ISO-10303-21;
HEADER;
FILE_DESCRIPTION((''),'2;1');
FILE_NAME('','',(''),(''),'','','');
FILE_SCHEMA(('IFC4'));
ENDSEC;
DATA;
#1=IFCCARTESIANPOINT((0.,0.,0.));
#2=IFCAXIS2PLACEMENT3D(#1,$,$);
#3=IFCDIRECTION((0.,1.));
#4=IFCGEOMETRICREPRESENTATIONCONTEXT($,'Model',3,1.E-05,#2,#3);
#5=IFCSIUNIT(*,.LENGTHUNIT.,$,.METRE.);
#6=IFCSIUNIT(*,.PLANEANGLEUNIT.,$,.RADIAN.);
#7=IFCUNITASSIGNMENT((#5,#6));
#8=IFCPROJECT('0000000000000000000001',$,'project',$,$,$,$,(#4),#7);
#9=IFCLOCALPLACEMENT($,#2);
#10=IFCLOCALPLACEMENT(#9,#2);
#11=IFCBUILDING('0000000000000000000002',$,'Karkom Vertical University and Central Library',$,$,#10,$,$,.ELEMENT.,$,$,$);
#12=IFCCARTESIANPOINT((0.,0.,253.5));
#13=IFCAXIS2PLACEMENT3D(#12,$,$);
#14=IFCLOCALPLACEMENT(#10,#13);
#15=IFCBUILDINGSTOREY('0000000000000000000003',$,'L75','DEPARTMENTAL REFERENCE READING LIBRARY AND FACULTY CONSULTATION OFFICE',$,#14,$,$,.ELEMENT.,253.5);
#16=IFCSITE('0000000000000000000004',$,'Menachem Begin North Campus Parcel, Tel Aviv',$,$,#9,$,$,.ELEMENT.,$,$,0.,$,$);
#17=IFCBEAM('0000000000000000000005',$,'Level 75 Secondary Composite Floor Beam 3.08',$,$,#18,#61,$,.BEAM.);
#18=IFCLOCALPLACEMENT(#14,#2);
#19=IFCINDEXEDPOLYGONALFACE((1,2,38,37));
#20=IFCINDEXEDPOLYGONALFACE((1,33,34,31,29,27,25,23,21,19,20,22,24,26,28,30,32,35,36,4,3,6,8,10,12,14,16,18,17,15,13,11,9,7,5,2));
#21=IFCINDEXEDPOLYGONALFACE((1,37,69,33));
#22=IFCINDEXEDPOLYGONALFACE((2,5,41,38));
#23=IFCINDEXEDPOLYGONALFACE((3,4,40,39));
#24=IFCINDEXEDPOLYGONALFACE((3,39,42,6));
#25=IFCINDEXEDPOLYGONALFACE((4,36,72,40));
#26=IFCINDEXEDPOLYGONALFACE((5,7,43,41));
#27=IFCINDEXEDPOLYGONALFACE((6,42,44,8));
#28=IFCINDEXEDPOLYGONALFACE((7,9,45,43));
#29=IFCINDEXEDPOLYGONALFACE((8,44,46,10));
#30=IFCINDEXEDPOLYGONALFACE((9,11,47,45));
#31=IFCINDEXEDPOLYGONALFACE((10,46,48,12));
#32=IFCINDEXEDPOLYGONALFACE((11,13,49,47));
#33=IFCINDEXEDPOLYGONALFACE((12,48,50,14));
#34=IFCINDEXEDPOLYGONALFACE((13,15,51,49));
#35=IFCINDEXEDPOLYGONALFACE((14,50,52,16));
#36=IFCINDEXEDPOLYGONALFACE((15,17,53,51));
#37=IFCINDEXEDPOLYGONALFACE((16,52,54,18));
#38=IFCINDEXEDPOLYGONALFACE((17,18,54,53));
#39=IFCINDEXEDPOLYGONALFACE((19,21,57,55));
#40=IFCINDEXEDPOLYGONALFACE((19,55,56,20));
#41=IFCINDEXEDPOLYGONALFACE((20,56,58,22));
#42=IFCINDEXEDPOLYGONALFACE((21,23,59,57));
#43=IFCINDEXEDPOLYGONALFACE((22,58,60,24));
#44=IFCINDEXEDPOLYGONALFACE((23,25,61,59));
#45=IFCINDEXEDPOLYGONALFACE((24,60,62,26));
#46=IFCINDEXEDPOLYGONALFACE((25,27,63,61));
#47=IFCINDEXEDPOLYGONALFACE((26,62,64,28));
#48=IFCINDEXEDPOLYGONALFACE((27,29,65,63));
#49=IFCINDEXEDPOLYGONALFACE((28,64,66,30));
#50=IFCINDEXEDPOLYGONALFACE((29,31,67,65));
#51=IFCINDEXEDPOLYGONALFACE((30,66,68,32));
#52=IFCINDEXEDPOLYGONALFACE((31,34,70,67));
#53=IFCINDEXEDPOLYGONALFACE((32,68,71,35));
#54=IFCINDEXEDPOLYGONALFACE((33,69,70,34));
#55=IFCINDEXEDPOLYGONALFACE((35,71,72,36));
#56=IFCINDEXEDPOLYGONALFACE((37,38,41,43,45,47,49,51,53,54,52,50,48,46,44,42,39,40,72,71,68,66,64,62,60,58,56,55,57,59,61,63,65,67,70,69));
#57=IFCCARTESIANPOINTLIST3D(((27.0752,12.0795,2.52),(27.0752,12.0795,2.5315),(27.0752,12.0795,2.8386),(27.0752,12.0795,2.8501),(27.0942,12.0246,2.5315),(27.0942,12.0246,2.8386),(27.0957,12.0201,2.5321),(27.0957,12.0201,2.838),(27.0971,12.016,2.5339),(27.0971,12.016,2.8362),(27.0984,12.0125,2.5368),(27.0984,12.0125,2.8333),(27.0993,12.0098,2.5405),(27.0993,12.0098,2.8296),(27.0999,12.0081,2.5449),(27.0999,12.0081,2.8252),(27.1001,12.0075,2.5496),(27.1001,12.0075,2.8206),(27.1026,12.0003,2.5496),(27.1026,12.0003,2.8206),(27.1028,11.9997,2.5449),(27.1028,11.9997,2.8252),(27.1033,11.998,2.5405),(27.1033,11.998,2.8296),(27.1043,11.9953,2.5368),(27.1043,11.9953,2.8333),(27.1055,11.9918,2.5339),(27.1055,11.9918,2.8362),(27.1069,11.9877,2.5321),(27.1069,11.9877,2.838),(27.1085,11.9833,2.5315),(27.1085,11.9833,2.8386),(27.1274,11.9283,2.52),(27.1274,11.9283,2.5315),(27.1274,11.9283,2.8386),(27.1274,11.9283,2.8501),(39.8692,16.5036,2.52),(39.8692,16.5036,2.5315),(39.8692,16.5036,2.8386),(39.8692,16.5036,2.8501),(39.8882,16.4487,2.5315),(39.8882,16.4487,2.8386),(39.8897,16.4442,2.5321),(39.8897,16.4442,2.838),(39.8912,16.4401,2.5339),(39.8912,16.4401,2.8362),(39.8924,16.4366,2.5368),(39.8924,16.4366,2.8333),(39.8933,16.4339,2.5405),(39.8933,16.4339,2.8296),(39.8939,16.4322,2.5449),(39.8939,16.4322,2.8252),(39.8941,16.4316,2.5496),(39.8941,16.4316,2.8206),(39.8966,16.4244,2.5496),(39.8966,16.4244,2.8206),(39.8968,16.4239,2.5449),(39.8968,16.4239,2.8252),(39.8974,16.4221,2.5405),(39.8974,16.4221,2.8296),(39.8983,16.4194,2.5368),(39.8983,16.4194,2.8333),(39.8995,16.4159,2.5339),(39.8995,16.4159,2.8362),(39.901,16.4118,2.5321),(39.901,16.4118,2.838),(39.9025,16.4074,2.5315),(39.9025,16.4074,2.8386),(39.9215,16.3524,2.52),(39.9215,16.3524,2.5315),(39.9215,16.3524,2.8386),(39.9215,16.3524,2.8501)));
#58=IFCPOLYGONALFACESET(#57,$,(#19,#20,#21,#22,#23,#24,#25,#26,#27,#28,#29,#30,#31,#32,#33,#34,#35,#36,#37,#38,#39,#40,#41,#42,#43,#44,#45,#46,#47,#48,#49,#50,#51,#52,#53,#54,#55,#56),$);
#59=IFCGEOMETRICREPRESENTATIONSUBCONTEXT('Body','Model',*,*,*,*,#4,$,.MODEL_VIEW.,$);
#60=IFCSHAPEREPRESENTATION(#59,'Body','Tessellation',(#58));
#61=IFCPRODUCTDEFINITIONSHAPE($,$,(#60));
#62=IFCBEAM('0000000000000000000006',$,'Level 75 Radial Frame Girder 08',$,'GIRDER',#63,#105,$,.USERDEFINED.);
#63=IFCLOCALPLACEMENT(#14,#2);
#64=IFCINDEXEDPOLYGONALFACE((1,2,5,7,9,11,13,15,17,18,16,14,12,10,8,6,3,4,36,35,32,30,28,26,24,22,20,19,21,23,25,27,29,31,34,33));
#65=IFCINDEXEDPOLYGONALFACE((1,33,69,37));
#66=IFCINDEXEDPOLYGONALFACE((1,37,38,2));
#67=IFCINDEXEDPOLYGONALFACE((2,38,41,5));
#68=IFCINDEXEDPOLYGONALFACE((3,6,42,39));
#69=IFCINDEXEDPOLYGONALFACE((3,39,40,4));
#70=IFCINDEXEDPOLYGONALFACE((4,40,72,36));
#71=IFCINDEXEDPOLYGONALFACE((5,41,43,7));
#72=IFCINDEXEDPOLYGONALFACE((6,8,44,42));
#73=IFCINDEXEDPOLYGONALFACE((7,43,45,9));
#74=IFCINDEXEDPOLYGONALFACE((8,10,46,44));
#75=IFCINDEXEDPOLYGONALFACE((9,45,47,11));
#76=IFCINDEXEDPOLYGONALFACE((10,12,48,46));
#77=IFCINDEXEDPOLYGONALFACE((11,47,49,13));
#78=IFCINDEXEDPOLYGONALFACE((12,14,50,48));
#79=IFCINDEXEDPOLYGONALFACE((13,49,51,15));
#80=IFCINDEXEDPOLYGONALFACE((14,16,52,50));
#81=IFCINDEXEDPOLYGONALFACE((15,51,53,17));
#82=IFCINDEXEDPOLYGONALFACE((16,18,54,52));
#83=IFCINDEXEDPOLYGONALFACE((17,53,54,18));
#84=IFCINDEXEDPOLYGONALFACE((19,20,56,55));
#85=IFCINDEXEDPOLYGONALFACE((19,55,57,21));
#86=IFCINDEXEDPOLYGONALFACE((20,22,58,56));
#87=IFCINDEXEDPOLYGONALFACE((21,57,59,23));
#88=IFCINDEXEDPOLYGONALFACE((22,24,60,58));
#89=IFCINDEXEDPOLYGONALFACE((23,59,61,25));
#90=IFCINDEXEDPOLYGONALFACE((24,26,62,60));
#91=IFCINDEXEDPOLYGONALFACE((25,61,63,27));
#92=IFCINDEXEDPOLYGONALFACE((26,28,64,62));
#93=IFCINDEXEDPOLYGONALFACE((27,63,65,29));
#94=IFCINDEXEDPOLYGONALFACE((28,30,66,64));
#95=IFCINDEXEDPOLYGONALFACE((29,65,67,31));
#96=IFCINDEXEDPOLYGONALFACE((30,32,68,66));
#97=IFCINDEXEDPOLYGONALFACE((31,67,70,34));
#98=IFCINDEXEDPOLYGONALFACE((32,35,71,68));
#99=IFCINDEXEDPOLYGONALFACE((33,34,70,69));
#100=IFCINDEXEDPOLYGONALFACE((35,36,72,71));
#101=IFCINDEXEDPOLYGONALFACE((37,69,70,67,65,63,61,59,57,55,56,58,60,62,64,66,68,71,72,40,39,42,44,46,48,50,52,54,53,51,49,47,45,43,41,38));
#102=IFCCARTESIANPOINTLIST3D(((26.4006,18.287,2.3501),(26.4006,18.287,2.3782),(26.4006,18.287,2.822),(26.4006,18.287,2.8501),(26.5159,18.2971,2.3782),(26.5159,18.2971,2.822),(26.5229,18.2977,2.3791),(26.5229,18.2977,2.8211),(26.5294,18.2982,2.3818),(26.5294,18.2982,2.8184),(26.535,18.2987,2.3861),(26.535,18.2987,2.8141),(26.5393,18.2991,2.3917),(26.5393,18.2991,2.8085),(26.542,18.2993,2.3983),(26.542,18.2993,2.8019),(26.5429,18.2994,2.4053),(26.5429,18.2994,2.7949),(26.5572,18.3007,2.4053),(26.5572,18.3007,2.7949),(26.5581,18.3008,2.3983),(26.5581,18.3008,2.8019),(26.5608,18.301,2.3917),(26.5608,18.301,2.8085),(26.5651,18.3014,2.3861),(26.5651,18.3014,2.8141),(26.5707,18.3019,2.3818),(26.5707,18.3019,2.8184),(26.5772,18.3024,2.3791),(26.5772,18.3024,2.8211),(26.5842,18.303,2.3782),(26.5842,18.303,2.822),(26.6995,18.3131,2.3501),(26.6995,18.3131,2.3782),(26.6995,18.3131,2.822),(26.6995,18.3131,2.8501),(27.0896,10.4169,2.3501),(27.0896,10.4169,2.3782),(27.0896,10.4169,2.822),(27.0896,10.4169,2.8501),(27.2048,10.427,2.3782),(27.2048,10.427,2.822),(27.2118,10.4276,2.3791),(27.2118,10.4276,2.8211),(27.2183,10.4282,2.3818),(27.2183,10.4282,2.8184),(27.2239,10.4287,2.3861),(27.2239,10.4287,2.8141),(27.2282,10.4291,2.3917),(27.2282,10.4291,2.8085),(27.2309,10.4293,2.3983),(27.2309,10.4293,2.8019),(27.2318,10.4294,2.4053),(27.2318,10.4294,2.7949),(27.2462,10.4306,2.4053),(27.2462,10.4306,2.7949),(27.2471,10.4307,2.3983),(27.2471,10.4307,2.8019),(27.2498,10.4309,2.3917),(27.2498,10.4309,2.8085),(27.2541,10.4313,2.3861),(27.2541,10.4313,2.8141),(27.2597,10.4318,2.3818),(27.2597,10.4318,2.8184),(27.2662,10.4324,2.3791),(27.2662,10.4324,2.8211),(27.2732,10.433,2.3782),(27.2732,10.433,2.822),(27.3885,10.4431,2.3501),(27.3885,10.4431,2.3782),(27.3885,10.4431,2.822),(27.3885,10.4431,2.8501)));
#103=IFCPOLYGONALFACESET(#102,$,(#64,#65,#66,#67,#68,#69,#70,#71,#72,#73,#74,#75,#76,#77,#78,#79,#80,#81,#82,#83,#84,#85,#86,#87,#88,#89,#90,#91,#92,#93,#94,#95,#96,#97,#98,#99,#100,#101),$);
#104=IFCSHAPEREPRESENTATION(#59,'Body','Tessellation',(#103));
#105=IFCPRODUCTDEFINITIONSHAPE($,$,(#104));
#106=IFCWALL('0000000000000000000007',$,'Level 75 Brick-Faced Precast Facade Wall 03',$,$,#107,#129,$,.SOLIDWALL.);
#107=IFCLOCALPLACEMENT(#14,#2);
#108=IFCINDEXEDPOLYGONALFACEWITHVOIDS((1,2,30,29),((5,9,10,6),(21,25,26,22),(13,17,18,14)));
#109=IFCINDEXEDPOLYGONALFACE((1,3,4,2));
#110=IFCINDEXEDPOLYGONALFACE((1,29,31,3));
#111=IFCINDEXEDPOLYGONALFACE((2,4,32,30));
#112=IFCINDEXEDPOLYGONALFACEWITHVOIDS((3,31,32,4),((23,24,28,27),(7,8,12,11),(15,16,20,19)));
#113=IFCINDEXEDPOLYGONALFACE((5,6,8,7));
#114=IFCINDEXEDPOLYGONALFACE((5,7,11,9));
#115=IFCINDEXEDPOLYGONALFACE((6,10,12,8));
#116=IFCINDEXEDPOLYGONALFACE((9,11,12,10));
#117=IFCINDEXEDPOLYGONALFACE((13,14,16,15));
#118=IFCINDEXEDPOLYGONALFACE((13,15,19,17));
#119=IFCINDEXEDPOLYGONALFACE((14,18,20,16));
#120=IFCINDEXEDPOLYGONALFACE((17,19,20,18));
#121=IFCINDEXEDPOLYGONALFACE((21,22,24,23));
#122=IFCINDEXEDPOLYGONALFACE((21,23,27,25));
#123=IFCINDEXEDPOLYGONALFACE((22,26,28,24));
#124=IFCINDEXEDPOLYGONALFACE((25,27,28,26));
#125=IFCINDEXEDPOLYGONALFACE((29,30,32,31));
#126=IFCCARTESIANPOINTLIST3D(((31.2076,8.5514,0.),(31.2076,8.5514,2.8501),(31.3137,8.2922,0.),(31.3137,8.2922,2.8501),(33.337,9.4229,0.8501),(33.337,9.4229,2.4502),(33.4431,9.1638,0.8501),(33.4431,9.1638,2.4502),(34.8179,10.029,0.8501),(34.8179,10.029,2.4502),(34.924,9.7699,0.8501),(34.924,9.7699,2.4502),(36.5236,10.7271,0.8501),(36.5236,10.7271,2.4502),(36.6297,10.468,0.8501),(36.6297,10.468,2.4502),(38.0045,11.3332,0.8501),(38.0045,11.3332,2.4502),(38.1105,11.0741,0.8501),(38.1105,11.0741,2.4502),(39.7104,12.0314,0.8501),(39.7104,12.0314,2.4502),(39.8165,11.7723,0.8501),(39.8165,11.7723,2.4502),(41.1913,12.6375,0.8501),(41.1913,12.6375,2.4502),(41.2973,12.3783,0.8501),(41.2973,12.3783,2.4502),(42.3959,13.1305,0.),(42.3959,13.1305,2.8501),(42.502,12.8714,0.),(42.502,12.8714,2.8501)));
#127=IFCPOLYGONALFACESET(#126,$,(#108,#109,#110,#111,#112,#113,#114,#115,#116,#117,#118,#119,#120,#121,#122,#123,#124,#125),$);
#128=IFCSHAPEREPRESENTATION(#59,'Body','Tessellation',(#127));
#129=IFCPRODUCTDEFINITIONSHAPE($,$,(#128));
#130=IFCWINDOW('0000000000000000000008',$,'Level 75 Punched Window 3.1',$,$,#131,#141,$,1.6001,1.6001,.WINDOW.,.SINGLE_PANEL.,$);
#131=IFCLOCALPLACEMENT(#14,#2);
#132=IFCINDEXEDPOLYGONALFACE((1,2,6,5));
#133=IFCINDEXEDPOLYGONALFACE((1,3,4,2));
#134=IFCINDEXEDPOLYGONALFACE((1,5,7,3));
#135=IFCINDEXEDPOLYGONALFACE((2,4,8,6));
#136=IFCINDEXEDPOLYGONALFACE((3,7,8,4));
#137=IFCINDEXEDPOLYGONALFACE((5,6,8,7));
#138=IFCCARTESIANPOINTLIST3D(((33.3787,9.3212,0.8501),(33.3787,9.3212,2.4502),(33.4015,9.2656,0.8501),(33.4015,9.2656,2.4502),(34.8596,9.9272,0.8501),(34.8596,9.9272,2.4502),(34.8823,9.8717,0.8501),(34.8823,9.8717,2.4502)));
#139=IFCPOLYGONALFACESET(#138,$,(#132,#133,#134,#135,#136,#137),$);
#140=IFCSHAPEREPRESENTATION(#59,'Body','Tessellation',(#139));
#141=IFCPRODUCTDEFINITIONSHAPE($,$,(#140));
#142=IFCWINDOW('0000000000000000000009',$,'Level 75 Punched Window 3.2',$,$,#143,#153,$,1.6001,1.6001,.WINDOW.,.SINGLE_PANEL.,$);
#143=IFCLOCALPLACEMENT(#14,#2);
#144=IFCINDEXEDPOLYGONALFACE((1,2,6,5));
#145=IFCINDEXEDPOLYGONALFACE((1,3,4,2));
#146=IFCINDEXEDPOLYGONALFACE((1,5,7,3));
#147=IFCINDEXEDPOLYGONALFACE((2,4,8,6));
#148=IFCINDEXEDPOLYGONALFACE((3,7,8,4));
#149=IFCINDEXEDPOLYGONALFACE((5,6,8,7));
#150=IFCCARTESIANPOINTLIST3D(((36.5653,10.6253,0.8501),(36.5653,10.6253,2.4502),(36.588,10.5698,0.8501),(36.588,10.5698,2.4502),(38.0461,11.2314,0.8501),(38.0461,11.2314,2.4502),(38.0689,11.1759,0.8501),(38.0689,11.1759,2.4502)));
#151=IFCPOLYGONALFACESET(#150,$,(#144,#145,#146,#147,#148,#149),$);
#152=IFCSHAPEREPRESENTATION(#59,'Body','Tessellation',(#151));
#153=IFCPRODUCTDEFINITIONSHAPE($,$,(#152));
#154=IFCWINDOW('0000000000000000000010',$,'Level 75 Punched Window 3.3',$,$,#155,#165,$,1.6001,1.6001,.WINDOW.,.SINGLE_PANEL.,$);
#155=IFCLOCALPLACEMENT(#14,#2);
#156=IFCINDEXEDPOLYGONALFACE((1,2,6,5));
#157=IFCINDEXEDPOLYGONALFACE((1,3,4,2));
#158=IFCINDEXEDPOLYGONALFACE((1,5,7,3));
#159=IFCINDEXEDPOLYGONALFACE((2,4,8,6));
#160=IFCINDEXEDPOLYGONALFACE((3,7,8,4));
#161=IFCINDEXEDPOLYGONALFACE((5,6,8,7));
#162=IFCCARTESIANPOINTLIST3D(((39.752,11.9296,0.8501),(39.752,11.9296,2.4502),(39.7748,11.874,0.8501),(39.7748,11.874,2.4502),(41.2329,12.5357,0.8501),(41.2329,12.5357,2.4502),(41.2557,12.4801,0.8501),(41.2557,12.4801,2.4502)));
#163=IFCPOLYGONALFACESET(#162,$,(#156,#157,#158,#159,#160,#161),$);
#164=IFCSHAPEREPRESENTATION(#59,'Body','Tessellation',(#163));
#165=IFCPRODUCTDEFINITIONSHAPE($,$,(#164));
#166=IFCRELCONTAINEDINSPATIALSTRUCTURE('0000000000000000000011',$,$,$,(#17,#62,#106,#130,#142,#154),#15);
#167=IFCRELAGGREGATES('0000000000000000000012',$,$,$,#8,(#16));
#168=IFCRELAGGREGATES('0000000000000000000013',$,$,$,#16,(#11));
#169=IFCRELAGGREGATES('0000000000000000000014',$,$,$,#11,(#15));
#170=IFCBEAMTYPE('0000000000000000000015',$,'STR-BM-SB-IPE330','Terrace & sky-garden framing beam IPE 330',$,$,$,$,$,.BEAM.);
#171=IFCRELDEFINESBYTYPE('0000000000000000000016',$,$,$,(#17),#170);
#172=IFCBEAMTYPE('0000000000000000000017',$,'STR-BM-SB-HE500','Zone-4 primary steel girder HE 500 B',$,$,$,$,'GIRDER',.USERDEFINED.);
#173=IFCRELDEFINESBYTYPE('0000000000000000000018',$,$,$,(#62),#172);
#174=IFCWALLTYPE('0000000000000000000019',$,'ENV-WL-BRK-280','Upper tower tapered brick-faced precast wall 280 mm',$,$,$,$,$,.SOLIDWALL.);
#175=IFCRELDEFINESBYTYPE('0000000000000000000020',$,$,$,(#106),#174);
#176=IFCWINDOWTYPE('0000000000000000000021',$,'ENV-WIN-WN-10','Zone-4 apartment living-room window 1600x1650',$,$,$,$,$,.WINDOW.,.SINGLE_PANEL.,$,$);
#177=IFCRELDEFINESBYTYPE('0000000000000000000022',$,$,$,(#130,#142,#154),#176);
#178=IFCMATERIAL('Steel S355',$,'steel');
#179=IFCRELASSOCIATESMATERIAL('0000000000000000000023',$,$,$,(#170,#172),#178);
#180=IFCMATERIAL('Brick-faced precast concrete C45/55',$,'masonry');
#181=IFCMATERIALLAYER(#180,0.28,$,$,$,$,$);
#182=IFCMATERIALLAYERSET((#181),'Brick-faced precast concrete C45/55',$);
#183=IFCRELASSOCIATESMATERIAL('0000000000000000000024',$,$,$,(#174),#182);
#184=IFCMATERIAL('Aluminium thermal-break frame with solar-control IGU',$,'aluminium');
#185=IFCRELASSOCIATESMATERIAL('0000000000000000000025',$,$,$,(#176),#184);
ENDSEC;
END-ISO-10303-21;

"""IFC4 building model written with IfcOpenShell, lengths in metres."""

from ifc_helpers import new_model, si_unit, direction, frame, frame_2d, origin, origin_with_axes, origin_2d, place, context, subcontext, project, spatial, rectangle, i_section, extrude, source, transform, mapped, material, layer, layer_set, material_profile, profile_set, type_object, element, fill, save


model = new_model("IFC4")

# Units and contexts
model_context = context("Model", 3, precision=1e-05, world=origin(), true_north=direction((0.0, 1.0)))
body_context = subcontext(model_context, "Body", "Model", "MODEL_VIEW")
ifc_project = project(units=[si_unit("LENGTHUNIT", "METRE"), si_unit("PLANEANGLEUNIT", "RADIAN")], contexts=[model_context])

# Site, building, storey
site_placement = place(None, origin())
site = spatial("IfcSite", under=ifc_project, at=site_placement, Name="Menachem Begin North Campus Parcel, Tel Aviv", CompositionType="ELEMENT", RefElevation=0.0)
building_placement = place(site_placement, origin())
building = spatial("IfcBuilding", under=site, at=building_placement, Name="Karkom Vertical University and Central Library", CompositionType="ELEMENT")
storey_placement = place(building_placement, frame((0.0, 0.0, 253.5)))
storey = spatial("IfcBuildingStorey", under=building, at=storey_placement, Name="L75", Description="DEPARTMENTAL REFERENCE READING LIBRARY AND FACULTY CONSULTATION OFFICE", CompositionType="ELEMENT", Elevation=253.5)

# Beams
ifc_material_1 = material(Name="Steel S355", Category="steel")
ifc_material_profile_1 = material_profile(ifc_material_1, i_section(OverallWidth=0.1599, OverallDepth=0.3301, WebThickness=0.0076, FlangeThickness=0.0115, FilletRadius=0.0181, at=origin_2d()), Name="IPE 330")
ifc_profile_set_1 = profile_set([ifc_material_profile_1], Name="Steel S355")
beam_type_1 = type_object("IfcBeamType", Name="STR-BM-SB-IPE330", Description="Terrace & sky-garden framing beam IPE 330", PredefinedType="BEAM", material=ifc_profile_set_1)
shared_shape_1 = source(origin_with_axes(), body_context, "Body", "SweptSolid", [
    extrude(i_section(OverallWidth=0.1599, OverallDepth=0.3301, WebThickness=0.0076, FlangeThickness=0.0115, FilletRadius=0.0181, at=origin_2d()), origin(), (0.0, 0.0, 1.0), 13.5374),
])
beam_1_placement = place(storey_placement, frame((27.1013, 12.0039, 2.6851), z_axis=(0.945091, 0.326807, 0.0), x_axis=(-0.326807, 0.945091, 0.0)))
element("IfcBeam", 1, at=beam_1_placement, inside=storey, type_object=beam_type_1, Name="Level 75 Secondary Composite Floor Beam 3.08", PredefinedType="BEAM", context=body_context, shape_type="MappedRepresentation", body=[
    mapped(shared_shape_1, transform((0.0, 0.0, 0.0), scale=1.0)),
])
ifc_material_profile_2 = material_profile(ifc_material_1, i_section(OverallWidth=0.3, OverallDepth=0.5, WebThickness=0.0144, FlangeThickness=0.0281, FilletRadius=0.0271, at=origin_2d()), Name="HE 500 B")
ifc_profile_set_2 = profile_set([ifc_material_profile_2], Name="Steel S355")
beam_type_2 = type_object("IfcBeamType", Name="STR-BM-SB-HE500", Description="Zone-4 primary steel girder HE 500 B", ElementType="GIRDER", PredefinedType="USERDEFINED", material=ifc_profile_set_2)
shared_shape_2 = source(origin_with_axes(), body_context, "Body", "SweptSolid", [
    extrude(i_section(OverallWidth=0.3, OverallDepth=0.5, WebThickness=0.0144, FlangeThickness=0.0281, FilletRadius=0.0271, at=origin_2d()), origin(), (0.0, 0.0, 1.0), 7.9001),
])
beam_2_placement = place(storey_placement, frame((26.55, 18.3, 2.6001), z_axis=(0.087208, -0.99619, 0.0), x_axis=(0.99619, 0.087208, 0.0)))
element("IfcBeam", 2, at=beam_2_placement, inside=storey, type_object=beam_type_2, Name="Level 75 Radial Frame Girder 08", ObjectType="GIRDER", PredefinedType="USERDEFINED", context=body_context, shape_type="MappedRepresentation", body=[
    mapped(shared_shape_2, transform((0.0, 0.0, 0.0), scale=1.0)),
])

# Wall, openings, windows
ifc_material_2 = material(Name="Brick-faced precast concrete C45/55", Category="masonry")
ifc_layer_1 = layer(ifc_material_2, 0.28)
ifc_layer_set_1 = layer_set([ifc_layer_1], Name="Brick-faced precast concrete C45/55")
wall_type_1 = type_object("IfcWallType", Name="ENV-WL-BRK-280", Description="Upper tower tapered brick-faced precast wall 280 mm", PredefinedType="SOLIDWALL", material=ifc_layer_set_1)
wall_1_placement = place(storey_placement, frame((31.2607, 8.4219, 0.0), z_axis=(0.0, 0.0, 1.0), x_axis=(0.925486, 0.378781, 0.0)))
wall_1 = element("IfcWall", 3, at=wall_1_placement, inside=storey, type_object=wall_type_1, Name="Level 75 Brick-Faced Precast Facade Wall 03", PredefinedType="SOLIDWALL", context=body_context, shape_type="SweptSolid", body=[
    extrude(rectangle(XDim=12.0891, YDim=0.28, at=frame_2d((6.0444, 0.0))), origin(), (0.0, 0.0, 1.0), 2.8501),
])
opening_1_placement = place(wall_1_placement, frame((2.3008, 0.0, 0.8501)))
opening_1 = element("IfcOpeningElement", 4, at=opening_1_placement, cuts=wall_1, PredefinedType="OPENING", context=body_context, shape_type="SweptSolid", body=[
    extrude(rectangle(XDim=1.6001, YDim=1.6001, at=frame_2d((0.8, 0.8))), frame((0.0, 0.1499, 0.0), z_axis=(0.0, -1.0, 0.0), x_axis=(1.0, 0.0, 0.0)), (0.0, 0.0, 1.0), 0.3),
])
opening_2_placement = place(wall_1_placement, frame((5.7439, 0.0, 0.8501)))
opening_2 = element("IfcOpeningElement", 5, at=opening_2_placement, cuts=wall_1, PredefinedType="OPENING", context=body_context, shape_type="SweptSolid", body=[
    extrude(rectangle(XDim=1.6001, YDim=1.6001, at=frame_2d((0.8, 0.8))), frame((0.0, 0.1499, 0.0), z_axis=(0.0, -1.0, 0.0), x_axis=(1.0, 0.0, 0.0)), (0.0, 0.0, 1.0), 0.3),
])
opening_3_placement = place(wall_1_placement, frame((9.1873, 0.0, 0.8501)))
opening_3 = element("IfcOpeningElement", 6, at=opening_3_placement, cuts=wall_1, PredefinedType="OPENING", context=body_context, shape_type="SweptSolid", body=[
    extrude(rectangle(XDim=1.6001, YDim=1.6001, at=frame_2d((0.8, 0.8))), frame((0.0, 0.1499, 0.0), z_axis=(0.0, -1.0, 0.0), x_axis=(1.0, 0.0, 0.0)), (0.0, 0.0, 1.0), 0.3),
])
ifc_material_3 = material(Name="Aluminium thermal-break frame with solar-control IGU", Category="aluminium")
window_type = type_object("IfcWindowType", Name="ENV-WIN-WN-10", Description="Zone-4 apartment living-room window 1600x1650", PartitioningType="SINGLE_PANEL", PredefinedType="WINDOW", material=ifc_material_3)
shared_shape_3 = source(origin_with_axes(), body_context, "Body", "SweptSolid", [
    extrude(rectangle(XDim=1.6001, YDim=1.6001, at=frame_2d((0.8, 0.8))), frame((0.0, 0.03, 0.0), z_axis=(0.0, -1.0, 0.0), x_axis=(1.0, 0.0, 0.0)), (0.0, 0.0, 1.0), 0.0601),
])
window_1_placement = place(opening_1_placement, origin())
window_1 = element("IfcWindow", 7, at=window_1_placement, inside=storey, type_object=window_type, Name="Level 75 Punched Window 3.1", OverallHeight=1.6001, OverallWidth=1.6001, PartitioningType="SINGLE_PANEL", PredefinedType="WINDOW", context=body_context, shape_type="MappedRepresentation", body=[
    mapped(shared_shape_3, transform((0.0, 0.0, 0.0), scale=1.0)),
])
fill(opening_1, window_1)
window_2_placement = place(opening_2_placement, origin())
window_2 = element("IfcWindow", 8, at=window_2_placement, inside=storey, type_object=window_type, Name="Level 75 Punched Window 3.2", OverallHeight=1.6001, OverallWidth=1.6001, PartitioningType="SINGLE_PANEL", PredefinedType="WINDOW", context=body_context, shape_type="MappedRepresentation", body=[
    mapped(shared_shape_3, transform((0.0, 0.0, 0.0), scale=1.0)),
])
fill(opening_2, window_2)
window_3_placement = place(opening_3_placement, origin())
window_3 = element("IfcWindow", 9, at=window_3_placement, inside=storey, type_object=window_type, Name="Level 75 Punched Window 3.3", OverallHeight=1.6001, OverallWidth=1.6001, PartitioningType="SINGLE_PANEL", PredefinedType="WINDOW", context=body_context, shape_type="MappedRepresentation", body=[
    mapped(shared_shape_3, transform((0.0, 0.0, 0.0), scale=1.0)),
])
fill(opening_3, window_3)

save(model, "model.ifc")
